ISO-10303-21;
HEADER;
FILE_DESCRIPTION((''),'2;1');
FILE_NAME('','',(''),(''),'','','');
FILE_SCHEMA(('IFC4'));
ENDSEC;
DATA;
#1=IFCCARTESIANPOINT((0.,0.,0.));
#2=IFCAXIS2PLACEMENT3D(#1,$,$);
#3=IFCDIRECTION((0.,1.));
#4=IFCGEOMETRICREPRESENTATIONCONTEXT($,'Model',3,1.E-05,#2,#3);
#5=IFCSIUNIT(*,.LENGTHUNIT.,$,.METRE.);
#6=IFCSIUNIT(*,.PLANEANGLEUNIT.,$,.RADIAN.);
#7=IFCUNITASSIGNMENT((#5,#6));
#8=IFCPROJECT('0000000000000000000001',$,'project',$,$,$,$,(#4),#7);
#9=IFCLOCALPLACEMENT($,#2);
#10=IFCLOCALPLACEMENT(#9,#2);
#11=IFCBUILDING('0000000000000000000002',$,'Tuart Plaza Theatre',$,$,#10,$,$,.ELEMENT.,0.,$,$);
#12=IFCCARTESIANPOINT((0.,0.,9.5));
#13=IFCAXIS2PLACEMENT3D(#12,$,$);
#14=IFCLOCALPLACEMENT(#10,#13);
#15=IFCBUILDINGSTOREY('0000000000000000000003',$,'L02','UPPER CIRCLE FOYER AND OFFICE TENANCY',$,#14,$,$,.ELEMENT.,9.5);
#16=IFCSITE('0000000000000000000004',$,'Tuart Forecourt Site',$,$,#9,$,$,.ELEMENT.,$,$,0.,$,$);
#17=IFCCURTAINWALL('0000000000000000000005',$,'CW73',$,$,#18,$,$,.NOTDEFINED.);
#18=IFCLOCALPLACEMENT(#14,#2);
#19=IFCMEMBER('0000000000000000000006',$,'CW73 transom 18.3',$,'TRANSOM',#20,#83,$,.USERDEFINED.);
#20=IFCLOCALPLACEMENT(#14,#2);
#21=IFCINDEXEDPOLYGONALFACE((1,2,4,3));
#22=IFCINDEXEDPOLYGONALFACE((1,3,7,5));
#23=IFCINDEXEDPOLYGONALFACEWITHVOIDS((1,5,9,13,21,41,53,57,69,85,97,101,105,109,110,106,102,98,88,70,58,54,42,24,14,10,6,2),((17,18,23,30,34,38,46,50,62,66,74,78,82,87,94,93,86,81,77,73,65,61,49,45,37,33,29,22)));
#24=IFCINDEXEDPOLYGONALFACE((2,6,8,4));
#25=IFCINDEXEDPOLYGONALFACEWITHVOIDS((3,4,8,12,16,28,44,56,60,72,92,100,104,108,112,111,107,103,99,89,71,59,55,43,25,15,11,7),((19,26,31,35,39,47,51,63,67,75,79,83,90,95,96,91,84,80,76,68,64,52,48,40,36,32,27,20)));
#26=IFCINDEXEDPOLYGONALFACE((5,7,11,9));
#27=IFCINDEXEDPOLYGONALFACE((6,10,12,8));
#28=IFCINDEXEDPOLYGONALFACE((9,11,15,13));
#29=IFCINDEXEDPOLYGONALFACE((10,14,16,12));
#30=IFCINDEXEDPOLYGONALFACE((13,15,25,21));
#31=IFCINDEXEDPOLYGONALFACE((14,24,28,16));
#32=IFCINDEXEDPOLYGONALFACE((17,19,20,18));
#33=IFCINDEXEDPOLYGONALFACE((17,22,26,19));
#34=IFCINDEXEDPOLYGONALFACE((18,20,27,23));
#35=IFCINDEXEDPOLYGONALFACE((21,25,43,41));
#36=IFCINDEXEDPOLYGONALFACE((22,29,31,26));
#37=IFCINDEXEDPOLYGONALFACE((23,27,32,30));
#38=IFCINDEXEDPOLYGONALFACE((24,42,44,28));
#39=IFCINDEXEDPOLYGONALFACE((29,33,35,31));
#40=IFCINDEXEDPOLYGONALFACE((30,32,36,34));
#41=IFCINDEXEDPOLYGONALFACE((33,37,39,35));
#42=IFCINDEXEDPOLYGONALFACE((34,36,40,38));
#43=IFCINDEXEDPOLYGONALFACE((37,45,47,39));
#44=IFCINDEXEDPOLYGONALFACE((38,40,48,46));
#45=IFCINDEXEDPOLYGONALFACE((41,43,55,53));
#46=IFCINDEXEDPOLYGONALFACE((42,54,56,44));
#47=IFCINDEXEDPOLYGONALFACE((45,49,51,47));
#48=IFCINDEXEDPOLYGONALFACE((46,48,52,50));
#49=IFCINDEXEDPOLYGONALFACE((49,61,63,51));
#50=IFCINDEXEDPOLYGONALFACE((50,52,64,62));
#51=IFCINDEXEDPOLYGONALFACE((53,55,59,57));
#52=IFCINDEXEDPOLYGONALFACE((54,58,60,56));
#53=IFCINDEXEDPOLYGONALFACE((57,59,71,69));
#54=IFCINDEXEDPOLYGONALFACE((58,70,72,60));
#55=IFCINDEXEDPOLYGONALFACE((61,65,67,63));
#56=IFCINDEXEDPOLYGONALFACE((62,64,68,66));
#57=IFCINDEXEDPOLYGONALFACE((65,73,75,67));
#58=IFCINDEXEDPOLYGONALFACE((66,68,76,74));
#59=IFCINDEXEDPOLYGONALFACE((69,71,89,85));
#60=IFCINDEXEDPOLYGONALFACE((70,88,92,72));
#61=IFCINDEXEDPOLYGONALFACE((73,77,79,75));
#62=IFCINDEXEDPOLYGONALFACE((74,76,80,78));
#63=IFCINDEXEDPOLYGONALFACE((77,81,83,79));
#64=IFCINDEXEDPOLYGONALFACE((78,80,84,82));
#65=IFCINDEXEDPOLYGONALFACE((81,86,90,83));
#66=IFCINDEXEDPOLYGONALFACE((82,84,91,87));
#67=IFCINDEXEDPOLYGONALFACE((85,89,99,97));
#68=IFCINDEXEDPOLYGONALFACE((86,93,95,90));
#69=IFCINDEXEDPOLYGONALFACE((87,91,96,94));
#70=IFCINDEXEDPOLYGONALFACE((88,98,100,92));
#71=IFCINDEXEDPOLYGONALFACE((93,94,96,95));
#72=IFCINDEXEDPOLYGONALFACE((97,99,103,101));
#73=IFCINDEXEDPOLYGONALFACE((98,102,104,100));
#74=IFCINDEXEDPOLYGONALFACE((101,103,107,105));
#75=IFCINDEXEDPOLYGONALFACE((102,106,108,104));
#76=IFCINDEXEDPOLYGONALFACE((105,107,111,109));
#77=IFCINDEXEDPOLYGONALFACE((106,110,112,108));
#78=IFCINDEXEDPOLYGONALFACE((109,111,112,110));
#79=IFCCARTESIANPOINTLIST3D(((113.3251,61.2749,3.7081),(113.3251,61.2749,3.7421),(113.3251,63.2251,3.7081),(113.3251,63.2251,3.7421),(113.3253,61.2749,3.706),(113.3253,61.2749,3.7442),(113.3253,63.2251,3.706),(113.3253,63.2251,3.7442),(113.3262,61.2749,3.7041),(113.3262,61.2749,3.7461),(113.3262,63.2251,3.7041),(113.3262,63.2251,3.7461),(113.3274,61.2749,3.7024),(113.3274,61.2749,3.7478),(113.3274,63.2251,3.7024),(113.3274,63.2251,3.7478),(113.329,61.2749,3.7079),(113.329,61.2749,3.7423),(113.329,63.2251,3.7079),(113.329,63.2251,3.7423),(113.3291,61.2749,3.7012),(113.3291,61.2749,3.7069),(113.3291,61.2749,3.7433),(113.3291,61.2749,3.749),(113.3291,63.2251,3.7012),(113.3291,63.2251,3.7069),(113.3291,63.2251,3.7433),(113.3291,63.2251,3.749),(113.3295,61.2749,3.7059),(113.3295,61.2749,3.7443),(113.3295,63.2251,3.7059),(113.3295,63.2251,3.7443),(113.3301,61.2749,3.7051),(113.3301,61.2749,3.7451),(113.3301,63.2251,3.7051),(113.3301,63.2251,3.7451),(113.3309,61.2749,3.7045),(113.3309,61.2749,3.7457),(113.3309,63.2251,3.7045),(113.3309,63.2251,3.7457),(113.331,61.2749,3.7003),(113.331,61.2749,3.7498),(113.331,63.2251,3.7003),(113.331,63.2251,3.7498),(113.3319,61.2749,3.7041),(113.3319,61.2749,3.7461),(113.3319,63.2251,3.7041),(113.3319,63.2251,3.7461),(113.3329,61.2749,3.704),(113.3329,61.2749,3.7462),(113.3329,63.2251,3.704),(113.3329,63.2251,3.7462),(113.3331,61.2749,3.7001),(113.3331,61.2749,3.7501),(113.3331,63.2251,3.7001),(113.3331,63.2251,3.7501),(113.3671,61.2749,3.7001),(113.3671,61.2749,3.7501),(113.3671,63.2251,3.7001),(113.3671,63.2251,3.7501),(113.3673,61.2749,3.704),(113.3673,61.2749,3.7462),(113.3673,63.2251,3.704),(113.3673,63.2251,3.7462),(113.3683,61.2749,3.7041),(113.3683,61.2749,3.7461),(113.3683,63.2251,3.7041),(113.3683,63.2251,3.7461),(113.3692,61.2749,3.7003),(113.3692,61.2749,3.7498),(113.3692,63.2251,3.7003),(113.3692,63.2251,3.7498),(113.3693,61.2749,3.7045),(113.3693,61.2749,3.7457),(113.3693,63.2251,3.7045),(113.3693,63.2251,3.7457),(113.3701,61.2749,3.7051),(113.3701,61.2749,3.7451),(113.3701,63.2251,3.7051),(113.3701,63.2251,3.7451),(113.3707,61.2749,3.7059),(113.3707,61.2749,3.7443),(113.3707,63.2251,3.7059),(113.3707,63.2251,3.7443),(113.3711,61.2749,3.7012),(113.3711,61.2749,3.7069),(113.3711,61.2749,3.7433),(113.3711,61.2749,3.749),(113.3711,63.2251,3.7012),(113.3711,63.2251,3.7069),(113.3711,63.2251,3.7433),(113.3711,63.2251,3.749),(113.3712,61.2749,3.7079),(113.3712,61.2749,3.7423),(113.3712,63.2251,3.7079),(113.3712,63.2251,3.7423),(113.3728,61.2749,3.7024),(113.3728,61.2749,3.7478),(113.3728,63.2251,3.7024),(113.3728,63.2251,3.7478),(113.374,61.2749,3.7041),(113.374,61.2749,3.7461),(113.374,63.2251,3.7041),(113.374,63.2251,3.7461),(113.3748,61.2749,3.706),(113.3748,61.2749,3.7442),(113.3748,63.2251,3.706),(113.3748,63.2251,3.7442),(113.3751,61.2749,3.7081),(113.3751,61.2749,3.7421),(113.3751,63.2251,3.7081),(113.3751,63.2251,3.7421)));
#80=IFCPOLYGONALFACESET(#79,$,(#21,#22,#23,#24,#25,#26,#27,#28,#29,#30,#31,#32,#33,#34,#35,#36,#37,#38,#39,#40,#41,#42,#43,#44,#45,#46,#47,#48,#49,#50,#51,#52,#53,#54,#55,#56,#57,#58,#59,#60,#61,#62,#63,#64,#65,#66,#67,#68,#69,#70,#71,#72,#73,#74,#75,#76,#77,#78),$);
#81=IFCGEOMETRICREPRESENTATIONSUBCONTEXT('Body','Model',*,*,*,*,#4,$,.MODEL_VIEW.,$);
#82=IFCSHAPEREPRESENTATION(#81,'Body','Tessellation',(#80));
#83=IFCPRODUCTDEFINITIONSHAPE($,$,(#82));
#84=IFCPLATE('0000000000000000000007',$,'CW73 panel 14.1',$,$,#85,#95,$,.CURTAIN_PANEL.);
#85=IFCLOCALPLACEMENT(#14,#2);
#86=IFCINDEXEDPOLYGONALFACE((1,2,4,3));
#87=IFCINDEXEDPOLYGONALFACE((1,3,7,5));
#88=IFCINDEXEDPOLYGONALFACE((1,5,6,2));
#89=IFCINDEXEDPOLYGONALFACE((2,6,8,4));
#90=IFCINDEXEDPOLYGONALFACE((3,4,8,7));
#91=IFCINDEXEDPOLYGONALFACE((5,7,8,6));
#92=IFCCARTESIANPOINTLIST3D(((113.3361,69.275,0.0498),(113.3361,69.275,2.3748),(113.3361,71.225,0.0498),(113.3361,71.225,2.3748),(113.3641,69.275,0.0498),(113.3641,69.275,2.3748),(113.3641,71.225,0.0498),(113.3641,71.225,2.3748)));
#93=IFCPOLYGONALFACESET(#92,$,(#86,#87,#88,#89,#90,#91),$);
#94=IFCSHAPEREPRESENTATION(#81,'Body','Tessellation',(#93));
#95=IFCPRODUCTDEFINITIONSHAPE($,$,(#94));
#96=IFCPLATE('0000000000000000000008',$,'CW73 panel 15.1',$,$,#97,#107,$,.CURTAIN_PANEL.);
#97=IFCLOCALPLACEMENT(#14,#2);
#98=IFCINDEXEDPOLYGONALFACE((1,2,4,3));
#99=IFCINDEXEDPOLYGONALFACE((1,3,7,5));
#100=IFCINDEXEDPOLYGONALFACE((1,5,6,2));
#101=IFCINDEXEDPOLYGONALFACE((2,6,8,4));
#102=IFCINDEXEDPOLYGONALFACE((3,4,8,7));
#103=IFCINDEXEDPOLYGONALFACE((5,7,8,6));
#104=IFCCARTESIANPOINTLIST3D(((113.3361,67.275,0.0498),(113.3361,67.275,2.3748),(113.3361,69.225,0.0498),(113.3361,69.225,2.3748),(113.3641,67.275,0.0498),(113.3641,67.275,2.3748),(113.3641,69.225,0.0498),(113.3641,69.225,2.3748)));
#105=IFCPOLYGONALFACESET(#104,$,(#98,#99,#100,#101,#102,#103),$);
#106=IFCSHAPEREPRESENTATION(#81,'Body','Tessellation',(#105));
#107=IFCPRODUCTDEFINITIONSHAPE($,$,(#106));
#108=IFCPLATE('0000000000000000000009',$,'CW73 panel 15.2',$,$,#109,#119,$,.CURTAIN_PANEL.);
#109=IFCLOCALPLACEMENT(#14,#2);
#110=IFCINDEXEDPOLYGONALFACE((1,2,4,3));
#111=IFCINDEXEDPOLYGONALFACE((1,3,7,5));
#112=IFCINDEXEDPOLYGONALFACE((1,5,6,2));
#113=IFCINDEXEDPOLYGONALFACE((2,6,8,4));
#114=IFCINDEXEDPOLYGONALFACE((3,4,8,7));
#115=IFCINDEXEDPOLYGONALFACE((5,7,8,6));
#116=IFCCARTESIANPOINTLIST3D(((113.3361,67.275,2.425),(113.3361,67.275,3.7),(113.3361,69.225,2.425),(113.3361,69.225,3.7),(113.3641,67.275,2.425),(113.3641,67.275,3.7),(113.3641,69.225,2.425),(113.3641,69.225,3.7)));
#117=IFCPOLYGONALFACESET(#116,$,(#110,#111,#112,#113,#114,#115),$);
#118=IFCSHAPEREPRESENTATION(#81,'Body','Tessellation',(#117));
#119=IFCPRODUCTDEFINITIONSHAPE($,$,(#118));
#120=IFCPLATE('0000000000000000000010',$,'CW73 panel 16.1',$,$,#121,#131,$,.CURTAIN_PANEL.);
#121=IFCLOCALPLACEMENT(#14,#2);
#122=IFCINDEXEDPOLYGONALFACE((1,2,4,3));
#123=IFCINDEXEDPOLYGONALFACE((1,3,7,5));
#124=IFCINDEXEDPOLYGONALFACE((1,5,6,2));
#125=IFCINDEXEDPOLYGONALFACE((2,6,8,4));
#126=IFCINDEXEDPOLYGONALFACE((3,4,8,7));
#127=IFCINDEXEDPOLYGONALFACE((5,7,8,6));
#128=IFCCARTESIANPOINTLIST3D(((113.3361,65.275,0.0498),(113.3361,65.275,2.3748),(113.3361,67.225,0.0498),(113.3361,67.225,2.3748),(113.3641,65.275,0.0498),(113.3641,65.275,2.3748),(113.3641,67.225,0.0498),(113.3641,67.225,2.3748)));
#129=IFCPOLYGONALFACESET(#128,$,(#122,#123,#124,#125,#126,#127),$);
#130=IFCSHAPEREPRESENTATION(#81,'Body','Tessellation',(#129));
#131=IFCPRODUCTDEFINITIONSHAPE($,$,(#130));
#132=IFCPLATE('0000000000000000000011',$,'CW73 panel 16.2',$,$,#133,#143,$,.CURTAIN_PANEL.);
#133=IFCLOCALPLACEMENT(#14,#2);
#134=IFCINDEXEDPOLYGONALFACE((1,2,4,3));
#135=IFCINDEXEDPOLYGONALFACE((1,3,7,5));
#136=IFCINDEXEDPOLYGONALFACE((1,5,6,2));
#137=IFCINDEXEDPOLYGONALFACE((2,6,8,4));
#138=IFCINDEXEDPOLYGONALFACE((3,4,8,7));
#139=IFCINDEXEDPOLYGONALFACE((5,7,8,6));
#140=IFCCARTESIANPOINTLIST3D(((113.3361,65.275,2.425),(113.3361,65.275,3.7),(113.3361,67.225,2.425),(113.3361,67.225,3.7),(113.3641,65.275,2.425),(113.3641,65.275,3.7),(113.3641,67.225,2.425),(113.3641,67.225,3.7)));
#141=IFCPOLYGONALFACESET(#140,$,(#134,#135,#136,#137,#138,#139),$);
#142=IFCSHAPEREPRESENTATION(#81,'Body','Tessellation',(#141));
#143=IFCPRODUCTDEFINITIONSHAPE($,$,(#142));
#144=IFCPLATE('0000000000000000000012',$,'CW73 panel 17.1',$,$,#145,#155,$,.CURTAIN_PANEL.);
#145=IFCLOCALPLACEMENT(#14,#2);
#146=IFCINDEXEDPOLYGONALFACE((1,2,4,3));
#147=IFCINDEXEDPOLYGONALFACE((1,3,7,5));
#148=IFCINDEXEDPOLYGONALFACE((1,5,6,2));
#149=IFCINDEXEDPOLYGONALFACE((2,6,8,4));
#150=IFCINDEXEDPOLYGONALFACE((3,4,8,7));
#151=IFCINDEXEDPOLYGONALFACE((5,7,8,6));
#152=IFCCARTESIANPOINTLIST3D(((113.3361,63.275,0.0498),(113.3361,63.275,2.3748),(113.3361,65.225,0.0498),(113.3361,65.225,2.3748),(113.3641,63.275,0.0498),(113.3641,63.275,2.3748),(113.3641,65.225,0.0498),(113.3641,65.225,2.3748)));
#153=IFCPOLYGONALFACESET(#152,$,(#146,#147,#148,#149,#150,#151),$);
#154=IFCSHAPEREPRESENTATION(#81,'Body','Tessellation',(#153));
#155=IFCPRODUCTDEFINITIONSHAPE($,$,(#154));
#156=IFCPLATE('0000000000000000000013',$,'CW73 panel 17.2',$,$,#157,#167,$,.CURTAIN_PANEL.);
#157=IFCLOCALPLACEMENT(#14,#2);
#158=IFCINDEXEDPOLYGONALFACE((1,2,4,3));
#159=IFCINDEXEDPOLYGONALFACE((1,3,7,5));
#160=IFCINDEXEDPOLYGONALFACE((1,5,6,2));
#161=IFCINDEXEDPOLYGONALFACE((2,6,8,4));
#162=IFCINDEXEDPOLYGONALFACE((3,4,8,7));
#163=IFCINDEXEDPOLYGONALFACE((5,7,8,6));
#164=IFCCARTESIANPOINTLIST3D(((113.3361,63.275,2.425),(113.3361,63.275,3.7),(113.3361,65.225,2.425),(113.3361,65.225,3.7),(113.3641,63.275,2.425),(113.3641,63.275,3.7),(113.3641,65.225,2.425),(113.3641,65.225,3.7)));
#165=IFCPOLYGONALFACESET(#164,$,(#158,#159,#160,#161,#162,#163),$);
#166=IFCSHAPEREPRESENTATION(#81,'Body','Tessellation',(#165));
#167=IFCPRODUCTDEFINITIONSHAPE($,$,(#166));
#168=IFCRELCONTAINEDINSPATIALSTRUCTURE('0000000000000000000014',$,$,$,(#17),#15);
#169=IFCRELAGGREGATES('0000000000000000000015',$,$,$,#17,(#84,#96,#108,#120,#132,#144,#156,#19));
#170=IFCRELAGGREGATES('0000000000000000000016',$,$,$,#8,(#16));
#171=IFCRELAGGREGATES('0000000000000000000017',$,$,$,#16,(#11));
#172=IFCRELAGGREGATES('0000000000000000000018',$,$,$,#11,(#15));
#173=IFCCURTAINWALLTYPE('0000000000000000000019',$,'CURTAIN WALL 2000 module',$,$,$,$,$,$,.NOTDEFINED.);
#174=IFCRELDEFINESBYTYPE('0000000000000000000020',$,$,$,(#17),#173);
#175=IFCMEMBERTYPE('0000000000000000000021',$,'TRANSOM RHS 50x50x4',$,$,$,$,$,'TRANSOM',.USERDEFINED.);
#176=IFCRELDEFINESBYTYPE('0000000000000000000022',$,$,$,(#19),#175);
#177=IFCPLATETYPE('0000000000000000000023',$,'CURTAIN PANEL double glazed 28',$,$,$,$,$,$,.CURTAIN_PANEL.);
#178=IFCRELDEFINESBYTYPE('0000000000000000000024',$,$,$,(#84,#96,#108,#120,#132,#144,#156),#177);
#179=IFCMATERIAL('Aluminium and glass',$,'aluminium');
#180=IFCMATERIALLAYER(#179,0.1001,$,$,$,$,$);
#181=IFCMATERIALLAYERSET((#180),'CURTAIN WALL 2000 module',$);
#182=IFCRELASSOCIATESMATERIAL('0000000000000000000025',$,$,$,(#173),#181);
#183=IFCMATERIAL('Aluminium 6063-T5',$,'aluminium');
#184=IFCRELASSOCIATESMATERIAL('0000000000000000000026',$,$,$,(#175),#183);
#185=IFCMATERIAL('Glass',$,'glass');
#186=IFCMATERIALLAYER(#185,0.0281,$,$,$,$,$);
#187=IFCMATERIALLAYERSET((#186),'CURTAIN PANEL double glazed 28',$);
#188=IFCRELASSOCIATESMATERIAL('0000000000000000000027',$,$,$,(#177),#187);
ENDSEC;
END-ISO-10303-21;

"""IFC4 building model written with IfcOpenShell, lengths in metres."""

from ifc_helpers import new_model, si_unit, direction, frame, origin, origin_2d, place, context, subcontext, project, spatial, rectangle, hollow_rectangle, extrude, material, layer, layer_set, material_profile, profile_set, type_object, element, aggregate, save


model = new_model("IFC4")

# Units and contexts
model_context = context("Model", 3, precision=1e-05, world=origin(), true_north=direction((0.0, 1.0)))
body_context = subcontext(model_context, "Body", "Model", "MODEL_VIEW")
ifc_project = project(units=[si_unit("LENGTHUNIT", "METRE"), si_unit("PLANEANGLEUNIT", "RADIAN")], contexts=[model_context])

# Site, building, storey
site_placement = place(None, origin())
site = spatial("IfcSite", under=ifc_project, at=site_placement, Name="Tuart Forecourt Site", CompositionType="ELEMENT", RefElevation=0.0)
building_placement = place(site_placement, origin())
building = spatial("IfcBuilding", under=site, at=building_placement, Name="Tuart Plaza Theatre", CompositionType="ELEMENT", ElevationOfRefHeight=0.0)
storey_placement = place(building_placement, frame((0.0, 0.0, 9.5)))
storey = spatial("IfcBuildingStorey", under=building, at=storey_placement, Name="L02", Description="UPPER CIRCLE FOYER AND OFFICE TENANCY", CompositionType="ELEMENT", Elevation=9.5)

# Curtain wall, member, plates
ifc_material_1 = material(Name="Aluminium and glass", Category="aluminium")
ifc_layer_1 = layer(ifc_material_1, 0.1001)
ifc_layer_set_1 = layer_set([ifc_layer_1], Name="CURTAIN WALL 2000 module")
curtain_wall_type = type_object("IfcCurtainWallType", Name="CURTAIN WALL 2000 module", PredefinedType="NOTDEFINED", material=ifc_layer_set_1)
curtain_wall_placement = place(storey_placement, origin())
curtain_wall = element("IfcCurtainWall", 1, at=curtain_wall_placement, inside=storey, type_object=curtain_wall_type, Name="CW73", PredefinedType="NOTDEFINED")
ifc_material_2 = material(Name="Aluminium 6063-T5", Category="aluminium")
ifc_material_profile_1 = material_profile(ifc_material_2, hollow_rectangle(XDim=0.05, YDim=0.05, WallThickness=0.0039, InnerFilletRadius=0.0039, OuterFilletRadius=0.0081, at=origin_2d()), Name="RHS 50x50x4")
ifc_profile_set_1 = profile_set([ifc_material_profile_1], Name="Aluminium 6063-T5")
member_type_1 = type_object("IfcMemberType", Name="TRANSOM RHS 50x50x4", ElementType="TRANSOM", PredefinedType="USERDEFINED", material=ifc_profile_set_1)
member_1_placement = place(storey_placement, frame((113.3501, 63.2251, 3.7251), z_axis=(0.0, -1.0, 0.0), x_axis=(1.0, 0.0, 0.0)))
member_1 = element("IfcMember", 2, at=member_1_placement, type_object=member_type_1, Name="CW73 transom 18.3", ObjectType="TRANSOM", PredefinedType="USERDEFINED", context=body_context, shape_type="SweptSolid", body=[
    extrude(hollow_rectangle(XDim=0.05, YDim=0.05, WallThickness=0.0039, InnerFilletRadius=0.0039, OuterFilletRadius=0.0081, at=origin_2d()), origin(), (0.0, 0.0, 1.0), 1.9502),
])
ifc_material_3 = material(Name="Glass", Category="glass")
ifc_layer_2 = layer(ifc_material_3, 0.0281)
ifc_layer_set_2 = layer_set([ifc_layer_2], Name="CURTAIN PANEL double glazed 28")
plate_type = type_object("IfcPlateType", Name="CURTAIN PANEL double glazed 28", PredefinedType="CURTAIN_PANEL", material=ifc_layer_set_2)
plate_1_placement = place(storey_placement, frame((113.3501, 70.25, 0.0498), z_axis=(0.0, 0.0, 1.0), x_axis=(0.0, -1.0, 0.0)))
plate_1 = element("IfcPlate", 3, at=plate_1_placement, type_object=plate_type, Name="CW73 panel 14.1", PredefinedType="CURTAIN_PANEL", context=body_context, shape_type="SweptSolid", body=[
    extrude(rectangle(XDim=1.95, YDim=0.0281, at=origin_2d()), origin(), (0.0, 0.0, 1.0), 2.325),
])
plate_2_placement = place(storey_placement, frame((113.3501, 68.25, 0.0498), z_axis=(0.0, 0.0, 1.0), x_axis=(0.0, -1.0, 0.0)))
plate_2 = element("IfcPlate", 4, at=plate_2_placement, type_object=plate_type, Name="CW73 panel 15.1", PredefinedType="CURTAIN_PANEL", context=body_context, shape_type="SweptSolid", body=[
    extrude(rectangle(XDim=1.95, YDim=0.0281, at=origin_2d()), origin(), (0.0, 0.0, 1.0), 2.325),
])
plate_3_placement = place(storey_placement, frame((113.3501, 68.25, 2.425), z_axis=(0.0, 0.0, 1.0), x_axis=(0.0, -1.0, 0.0)))
plate_3 = element("IfcPlate", 5, at=plate_3_placement, type_object=plate_type, Name="CW73 panel 15.2", PredefinedType="CURTAIN_PANEL", context=body_context, shape_type="SweptSolid", body=[
    extrude(rectangle(XDim=1.95, YDim=0.0281, at=origin_2d()), origin(), (0.0, 0.0, 1.0), 1.2749),
])
plate_4_placement = place(storey_placement, frame((113.3501, 66.25, 0.0498), z_axis=(0.0, 0.0, 1.0), x_axis=(0.0, -1.0, 0.0)))
plate_4 = element("IfcPlate", 6, at=plate_4_placement, type_object=plate_type, Name="CW73 panel 16.1", PredefinedType="CURTAIN_PANEL", context=body_context, shape_type="SweptSolid", body=[
    extrude(rectangle(XDim=1.95, YDim=0.0281, at=origin_2d()), origin(), (0.0, 0.0, 1.0), 2.325),
])
plate_5_placement = place(storey_placement, frame((113.3501, 66.25, 2.425), z_axis=(0.0, 0.0, 1.0), x_axis=(0.0, -1.0, 0.0)))
plate_5 = element("IfcPlate", 7, at=plate_5_placement, type_object=plate_type, Name="CW73 panel 16.2", PredefinedType="CURTAIN_PANEL", context=body_context, shape_type="SweptSolid", body=[
    extrude(rectangle(XDim=1.95, YDim=0.0281, at=origin_2d()), origin(), (0.0, 0.0, 1.0), 1.2749),
])
plate_6_placement = place(storey_placement, frame((113.3501, 64.25, 0.0498), z_axis=(0.0, 0.0, 1.0), x_axis=(0.0, -1.0, 0.0)))
plate_6 = element("IfcPlate", 8, at=plate_6_placement, type_object=plate_type, Name="CW73 panel 17.1", PredefinedType="CURTAIN_PANEL", context=body_context, shape_type="SweptSolid", body=[
    extrude(rectangle(XDim=1.95, YDim=0.0281, at=origin_2d()), origin(), (0.0, 0.0, 1.0), 2.325),
])
plate_7_placement = place(storey_placement, frame((113.3501, 64.25, 2.425), z_axis=(0.0, 0.0, 1.0), x_axis=(0.0, -1.0, 0.0)))
plate_7 = element("IfcPlate", 9, at=plate_7_placement, type_object=plate_type, Name="CW73 panel 17.2", PredefinedType="CURTAIN_PANEL", context=body_context, shape_type="SweptSolid", body=[
    extrude(rectangle(XDim=1.95, YDim=0.0281, at=origin_2d()), origin(), (0.0, 0.0, 1.0), 1.2749),
])
aggregate(curtain_wall, [plate_1, plate_2, plate_3, plate_4, plate_5, plate_6, plate_7, member_1])

save(model, "model.ifc")
